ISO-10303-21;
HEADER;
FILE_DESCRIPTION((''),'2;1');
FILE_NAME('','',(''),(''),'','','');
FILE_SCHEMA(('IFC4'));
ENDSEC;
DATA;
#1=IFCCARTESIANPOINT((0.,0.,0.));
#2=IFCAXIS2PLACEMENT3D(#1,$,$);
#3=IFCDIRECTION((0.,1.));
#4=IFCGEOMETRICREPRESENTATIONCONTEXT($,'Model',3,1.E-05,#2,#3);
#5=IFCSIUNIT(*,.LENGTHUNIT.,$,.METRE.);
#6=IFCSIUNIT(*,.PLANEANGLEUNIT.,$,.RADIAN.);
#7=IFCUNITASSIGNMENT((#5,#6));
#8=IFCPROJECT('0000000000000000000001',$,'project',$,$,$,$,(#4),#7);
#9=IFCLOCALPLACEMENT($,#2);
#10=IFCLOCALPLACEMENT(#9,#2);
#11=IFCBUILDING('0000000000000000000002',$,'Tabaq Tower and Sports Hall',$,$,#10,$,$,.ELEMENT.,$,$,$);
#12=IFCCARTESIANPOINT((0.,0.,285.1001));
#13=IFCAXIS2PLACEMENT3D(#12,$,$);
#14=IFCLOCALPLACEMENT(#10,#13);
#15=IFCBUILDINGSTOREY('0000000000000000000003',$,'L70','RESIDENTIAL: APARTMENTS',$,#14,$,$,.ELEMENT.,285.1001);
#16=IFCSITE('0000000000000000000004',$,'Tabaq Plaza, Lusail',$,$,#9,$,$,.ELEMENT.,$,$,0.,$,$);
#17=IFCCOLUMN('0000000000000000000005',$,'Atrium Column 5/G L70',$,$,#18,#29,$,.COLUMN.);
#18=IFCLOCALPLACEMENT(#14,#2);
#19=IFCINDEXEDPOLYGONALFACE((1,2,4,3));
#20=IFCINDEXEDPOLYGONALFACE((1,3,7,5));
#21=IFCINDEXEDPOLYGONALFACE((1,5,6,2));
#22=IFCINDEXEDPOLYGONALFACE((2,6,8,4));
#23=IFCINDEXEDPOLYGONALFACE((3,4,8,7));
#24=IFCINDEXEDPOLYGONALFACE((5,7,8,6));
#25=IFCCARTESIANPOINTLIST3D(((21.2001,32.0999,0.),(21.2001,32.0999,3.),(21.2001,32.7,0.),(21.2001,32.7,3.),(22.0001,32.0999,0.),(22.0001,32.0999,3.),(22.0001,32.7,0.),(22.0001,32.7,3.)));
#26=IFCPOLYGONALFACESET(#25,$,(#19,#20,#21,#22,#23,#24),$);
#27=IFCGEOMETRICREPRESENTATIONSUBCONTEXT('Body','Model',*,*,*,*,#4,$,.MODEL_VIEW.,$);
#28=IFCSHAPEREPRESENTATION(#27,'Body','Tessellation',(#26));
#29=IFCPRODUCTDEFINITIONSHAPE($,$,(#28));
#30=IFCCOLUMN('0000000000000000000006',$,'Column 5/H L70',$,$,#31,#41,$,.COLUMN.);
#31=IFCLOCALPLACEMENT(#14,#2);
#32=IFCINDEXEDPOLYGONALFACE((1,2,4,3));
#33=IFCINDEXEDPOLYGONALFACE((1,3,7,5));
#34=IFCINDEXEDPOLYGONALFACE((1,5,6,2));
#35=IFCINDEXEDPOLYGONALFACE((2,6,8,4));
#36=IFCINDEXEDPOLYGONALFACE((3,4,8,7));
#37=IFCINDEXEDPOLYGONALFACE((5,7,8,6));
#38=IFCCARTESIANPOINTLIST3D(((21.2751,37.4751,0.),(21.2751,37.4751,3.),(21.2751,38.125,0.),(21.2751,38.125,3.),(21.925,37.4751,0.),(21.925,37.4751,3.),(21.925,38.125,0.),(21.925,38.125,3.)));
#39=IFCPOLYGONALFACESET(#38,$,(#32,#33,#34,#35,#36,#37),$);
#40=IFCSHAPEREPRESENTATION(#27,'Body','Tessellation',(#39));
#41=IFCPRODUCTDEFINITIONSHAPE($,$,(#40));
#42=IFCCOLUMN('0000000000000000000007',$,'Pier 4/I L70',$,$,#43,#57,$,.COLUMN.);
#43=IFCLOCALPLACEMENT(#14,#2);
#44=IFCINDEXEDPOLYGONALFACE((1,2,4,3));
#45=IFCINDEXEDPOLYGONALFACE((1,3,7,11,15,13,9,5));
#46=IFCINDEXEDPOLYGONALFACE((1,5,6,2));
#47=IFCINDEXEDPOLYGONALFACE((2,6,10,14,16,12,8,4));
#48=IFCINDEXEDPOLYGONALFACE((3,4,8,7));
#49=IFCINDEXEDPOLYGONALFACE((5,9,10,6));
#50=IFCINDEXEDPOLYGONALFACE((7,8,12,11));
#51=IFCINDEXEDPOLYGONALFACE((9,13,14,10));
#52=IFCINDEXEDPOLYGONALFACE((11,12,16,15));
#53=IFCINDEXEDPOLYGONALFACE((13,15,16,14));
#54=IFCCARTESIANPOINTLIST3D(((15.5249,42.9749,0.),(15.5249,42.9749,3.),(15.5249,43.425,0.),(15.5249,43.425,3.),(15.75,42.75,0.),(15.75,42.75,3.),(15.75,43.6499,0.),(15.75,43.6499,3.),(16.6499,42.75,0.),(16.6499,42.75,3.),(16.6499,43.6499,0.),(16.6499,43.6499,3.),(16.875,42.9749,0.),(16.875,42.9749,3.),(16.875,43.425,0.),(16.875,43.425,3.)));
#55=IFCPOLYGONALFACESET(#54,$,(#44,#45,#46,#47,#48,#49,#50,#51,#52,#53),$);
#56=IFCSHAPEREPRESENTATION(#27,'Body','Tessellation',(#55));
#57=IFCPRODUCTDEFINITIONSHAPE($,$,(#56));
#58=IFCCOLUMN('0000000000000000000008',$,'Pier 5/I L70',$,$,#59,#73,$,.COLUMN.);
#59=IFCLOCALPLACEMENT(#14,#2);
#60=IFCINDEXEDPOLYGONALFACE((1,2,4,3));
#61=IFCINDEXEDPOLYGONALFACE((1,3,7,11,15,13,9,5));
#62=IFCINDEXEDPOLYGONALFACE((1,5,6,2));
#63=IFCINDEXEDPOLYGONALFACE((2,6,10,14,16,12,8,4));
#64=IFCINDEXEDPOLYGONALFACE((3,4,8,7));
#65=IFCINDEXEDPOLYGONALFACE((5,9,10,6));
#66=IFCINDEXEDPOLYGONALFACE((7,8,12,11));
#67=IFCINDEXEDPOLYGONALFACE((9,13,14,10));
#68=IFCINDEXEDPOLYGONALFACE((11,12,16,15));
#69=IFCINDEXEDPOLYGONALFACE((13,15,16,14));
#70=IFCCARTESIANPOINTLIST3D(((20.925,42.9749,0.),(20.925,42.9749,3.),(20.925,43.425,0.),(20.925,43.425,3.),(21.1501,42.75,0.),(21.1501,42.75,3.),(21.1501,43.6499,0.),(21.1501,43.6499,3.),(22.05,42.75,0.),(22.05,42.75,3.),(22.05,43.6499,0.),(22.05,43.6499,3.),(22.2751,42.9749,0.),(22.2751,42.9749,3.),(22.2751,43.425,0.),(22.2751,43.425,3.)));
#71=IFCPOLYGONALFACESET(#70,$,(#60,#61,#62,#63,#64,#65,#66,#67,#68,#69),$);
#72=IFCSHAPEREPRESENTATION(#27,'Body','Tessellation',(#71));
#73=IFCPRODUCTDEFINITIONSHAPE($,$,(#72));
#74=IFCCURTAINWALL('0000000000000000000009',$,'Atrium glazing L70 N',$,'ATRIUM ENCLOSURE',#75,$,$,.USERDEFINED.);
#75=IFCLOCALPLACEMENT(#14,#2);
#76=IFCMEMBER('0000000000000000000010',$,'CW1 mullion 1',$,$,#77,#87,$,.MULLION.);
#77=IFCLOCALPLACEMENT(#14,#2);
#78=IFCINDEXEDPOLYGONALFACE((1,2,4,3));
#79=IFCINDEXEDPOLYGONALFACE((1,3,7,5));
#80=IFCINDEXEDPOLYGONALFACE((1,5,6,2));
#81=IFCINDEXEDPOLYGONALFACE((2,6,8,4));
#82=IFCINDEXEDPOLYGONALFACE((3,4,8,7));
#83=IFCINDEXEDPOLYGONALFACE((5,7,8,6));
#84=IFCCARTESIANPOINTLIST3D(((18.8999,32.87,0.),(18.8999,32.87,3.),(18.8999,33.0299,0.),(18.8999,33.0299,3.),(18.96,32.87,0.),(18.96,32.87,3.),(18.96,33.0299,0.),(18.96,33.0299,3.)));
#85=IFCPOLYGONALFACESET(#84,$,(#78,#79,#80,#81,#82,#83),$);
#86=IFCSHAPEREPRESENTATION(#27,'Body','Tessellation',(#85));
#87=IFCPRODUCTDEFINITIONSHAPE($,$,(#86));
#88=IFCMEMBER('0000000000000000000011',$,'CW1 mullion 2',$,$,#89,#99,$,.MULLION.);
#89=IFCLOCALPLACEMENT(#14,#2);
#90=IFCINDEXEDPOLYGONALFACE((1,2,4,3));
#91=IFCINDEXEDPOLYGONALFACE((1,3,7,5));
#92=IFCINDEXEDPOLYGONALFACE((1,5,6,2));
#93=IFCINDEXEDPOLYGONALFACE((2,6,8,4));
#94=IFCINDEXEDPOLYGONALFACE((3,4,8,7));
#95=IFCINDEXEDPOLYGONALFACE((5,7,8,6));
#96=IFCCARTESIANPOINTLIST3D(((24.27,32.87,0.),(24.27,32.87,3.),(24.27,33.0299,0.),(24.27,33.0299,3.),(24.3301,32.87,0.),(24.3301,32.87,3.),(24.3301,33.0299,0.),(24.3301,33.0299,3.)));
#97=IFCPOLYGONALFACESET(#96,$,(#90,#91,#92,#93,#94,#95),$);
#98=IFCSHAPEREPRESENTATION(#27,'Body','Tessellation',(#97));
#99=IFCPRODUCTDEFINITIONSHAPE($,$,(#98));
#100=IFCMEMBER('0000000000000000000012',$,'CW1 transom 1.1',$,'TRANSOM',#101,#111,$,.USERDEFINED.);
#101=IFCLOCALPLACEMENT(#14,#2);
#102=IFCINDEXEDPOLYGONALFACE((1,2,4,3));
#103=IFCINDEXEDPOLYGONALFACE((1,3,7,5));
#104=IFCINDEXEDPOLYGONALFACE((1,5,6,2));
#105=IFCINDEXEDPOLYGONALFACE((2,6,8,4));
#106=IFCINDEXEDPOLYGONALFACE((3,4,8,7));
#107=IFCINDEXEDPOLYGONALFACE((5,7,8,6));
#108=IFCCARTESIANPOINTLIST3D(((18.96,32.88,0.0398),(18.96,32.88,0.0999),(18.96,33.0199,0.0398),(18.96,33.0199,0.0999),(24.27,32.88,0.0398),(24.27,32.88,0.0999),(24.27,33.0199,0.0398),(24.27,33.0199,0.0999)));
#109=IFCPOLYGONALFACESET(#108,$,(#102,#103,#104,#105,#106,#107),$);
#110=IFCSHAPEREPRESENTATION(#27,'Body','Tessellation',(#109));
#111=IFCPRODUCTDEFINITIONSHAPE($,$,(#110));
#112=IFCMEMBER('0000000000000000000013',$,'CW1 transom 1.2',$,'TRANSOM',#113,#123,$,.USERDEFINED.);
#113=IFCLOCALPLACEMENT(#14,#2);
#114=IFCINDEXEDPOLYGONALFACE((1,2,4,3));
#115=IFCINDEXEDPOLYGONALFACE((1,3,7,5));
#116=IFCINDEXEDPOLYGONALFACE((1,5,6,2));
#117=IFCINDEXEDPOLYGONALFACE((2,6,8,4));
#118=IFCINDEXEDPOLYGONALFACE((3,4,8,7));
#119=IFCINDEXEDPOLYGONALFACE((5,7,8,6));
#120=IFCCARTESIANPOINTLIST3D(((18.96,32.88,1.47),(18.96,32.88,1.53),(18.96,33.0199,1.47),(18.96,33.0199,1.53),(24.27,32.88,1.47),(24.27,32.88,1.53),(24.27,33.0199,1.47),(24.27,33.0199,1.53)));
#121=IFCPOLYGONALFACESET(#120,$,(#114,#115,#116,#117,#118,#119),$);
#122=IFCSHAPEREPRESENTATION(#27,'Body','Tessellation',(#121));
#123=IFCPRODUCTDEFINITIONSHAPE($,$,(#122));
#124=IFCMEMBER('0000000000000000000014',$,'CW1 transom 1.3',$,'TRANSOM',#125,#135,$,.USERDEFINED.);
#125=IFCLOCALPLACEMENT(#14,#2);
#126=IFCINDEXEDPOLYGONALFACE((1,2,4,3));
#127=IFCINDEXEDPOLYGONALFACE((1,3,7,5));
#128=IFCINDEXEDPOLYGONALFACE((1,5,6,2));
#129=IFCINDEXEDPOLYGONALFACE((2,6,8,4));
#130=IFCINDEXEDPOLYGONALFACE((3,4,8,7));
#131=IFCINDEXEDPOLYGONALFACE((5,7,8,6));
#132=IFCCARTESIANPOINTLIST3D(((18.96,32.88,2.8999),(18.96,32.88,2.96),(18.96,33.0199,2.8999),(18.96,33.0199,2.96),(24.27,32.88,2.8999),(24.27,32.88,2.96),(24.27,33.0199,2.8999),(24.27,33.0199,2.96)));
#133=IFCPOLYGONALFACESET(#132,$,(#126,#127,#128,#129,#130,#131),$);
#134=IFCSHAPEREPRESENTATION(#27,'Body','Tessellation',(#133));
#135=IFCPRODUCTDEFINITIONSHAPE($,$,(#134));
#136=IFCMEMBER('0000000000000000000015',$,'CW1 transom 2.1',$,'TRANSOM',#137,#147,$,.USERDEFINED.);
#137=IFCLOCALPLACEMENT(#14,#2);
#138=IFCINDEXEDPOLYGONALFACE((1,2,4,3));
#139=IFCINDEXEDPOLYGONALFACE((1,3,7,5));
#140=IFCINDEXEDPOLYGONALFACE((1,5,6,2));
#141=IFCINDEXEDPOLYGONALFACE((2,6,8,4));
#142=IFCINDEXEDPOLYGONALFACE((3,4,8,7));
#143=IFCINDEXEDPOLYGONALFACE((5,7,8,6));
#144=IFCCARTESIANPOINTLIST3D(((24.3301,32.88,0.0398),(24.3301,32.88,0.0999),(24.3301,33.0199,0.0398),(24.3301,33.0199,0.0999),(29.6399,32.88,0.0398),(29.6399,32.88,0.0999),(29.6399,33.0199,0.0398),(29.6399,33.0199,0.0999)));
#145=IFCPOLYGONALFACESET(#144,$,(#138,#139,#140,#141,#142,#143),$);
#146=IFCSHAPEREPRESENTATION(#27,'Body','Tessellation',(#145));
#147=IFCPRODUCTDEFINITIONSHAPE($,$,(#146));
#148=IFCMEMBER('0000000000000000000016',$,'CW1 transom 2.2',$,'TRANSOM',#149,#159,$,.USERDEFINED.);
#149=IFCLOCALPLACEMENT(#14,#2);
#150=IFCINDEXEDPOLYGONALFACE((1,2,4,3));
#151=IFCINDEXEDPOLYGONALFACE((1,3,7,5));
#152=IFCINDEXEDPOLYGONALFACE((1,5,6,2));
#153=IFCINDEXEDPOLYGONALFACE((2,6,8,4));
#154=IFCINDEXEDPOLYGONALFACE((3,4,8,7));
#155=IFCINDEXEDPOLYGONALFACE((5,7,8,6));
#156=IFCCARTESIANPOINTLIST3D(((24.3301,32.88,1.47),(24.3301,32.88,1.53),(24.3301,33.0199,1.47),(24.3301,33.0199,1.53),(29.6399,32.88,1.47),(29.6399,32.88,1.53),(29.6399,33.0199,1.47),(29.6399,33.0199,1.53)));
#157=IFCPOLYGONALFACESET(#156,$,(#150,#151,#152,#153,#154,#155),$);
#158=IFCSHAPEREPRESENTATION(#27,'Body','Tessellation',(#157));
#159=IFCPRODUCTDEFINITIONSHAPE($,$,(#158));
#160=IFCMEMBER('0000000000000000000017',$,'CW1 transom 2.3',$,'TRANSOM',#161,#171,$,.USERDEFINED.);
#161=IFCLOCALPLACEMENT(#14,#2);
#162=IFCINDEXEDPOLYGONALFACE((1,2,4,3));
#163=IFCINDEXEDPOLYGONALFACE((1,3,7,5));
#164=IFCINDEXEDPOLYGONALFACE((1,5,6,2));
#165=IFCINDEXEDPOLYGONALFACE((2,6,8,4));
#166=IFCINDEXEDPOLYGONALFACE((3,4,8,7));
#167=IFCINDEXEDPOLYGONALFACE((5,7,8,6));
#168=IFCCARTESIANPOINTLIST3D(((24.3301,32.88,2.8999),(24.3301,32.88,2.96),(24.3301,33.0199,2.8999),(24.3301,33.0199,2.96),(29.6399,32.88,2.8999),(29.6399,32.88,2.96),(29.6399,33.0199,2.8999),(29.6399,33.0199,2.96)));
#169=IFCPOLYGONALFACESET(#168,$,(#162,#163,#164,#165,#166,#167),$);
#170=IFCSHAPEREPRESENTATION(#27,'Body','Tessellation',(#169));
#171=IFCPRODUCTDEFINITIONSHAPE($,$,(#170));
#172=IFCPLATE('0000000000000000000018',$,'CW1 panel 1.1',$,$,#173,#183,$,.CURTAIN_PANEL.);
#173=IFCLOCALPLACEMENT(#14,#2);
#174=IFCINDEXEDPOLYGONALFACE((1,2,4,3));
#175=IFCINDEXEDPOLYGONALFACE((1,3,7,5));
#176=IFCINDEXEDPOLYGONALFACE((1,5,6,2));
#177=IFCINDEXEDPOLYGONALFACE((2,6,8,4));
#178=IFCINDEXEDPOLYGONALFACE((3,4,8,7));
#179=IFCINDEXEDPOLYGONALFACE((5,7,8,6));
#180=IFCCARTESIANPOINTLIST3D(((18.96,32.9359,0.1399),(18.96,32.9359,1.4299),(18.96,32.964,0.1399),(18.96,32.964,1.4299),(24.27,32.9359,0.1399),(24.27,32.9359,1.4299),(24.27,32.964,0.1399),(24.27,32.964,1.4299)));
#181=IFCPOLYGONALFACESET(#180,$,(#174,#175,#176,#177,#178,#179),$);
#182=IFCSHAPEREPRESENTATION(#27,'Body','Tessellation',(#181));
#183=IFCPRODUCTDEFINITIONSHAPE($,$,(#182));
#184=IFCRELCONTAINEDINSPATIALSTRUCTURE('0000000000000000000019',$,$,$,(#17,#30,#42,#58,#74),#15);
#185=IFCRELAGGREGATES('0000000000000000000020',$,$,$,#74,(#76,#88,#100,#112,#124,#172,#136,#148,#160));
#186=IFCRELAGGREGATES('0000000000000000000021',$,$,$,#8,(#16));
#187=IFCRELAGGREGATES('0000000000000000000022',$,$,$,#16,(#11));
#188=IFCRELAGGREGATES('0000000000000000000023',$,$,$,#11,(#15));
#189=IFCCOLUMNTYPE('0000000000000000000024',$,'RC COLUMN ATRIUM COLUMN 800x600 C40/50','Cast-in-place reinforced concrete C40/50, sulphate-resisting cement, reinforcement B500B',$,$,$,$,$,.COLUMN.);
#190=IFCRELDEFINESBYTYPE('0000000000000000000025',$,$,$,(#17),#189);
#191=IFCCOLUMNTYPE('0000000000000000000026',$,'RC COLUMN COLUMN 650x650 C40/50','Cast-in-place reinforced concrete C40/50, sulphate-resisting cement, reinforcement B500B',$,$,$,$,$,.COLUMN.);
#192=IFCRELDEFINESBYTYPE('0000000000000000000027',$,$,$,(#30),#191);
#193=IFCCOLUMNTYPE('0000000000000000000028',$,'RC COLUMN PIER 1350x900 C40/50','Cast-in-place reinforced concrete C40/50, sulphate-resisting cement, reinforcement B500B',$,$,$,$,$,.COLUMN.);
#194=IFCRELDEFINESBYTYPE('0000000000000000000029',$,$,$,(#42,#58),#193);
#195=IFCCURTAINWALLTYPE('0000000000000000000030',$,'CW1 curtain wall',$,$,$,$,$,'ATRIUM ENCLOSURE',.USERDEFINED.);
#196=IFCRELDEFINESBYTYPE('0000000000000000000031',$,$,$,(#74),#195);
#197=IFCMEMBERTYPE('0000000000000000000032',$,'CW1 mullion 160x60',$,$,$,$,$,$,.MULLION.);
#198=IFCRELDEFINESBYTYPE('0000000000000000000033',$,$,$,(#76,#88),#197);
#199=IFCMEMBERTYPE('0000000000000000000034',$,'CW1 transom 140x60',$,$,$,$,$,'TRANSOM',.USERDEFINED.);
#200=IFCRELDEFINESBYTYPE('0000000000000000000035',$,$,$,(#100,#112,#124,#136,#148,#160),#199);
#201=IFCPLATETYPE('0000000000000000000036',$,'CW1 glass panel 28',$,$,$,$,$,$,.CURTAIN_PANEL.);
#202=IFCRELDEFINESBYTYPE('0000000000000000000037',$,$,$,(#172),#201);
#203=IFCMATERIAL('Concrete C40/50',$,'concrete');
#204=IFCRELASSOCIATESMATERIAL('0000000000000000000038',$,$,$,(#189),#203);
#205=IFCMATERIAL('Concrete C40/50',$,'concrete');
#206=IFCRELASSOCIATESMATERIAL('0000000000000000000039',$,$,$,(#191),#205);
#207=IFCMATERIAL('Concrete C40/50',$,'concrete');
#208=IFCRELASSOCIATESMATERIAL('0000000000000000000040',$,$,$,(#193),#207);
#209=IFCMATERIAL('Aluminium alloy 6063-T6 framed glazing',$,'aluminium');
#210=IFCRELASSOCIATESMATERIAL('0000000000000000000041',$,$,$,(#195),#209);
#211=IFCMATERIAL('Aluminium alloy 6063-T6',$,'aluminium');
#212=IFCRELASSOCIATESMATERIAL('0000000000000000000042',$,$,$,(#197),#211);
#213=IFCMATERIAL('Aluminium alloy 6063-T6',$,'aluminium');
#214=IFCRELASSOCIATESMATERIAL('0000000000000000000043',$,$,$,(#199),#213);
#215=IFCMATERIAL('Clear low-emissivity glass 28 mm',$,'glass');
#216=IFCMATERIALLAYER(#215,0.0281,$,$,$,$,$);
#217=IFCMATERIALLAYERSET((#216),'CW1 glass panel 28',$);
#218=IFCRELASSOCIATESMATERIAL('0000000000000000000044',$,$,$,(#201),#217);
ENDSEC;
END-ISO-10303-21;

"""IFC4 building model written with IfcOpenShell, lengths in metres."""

from ifc_helpers import new_model, si_unit, direction, frame, origin, origin_2d, place, context, subcontext, project, spatial, polyline, rectangle, outline, extrude, material, layer, layer_set, material_profile, profile_set, type_object, element, aggregate, save


model = new_model("IFC4")

# Units and contexts
model_context = context("Model", 3, precision=1e-05, world=origin(), true_north=direction((0.0, 1.0)))
body_context = subcontext(model_context, "Body", "Model", "MODEL_VIEW")
ifc_project = project(units=[si_unit("LENGTHUNIT", "METRE"), si_unit("PLANEANGLEUNIT", "RADIAN")], contexts=[model_context])

# Site, building, storey
site_placement = place(None, origin())
site = spatial("IfcSite", under=ifc_project, at=site_placement, Name="Tabaq Plaza, Lusail", CompositionType="ELEMENT", RefElevation=0.0)
building_placement = place(site_placement, origin())
building = spatial("IfcBuilding", under=site, at=building_placement, Name="Tabaq Tower and Sports Hall", CompositionType="ELEMENT")
storey_placement = place(building_placement, frame((0.0, 0.0, 285.1001)))
storey = spatial("IfcBuildingStorey", under=building, at=storey_placement, Name="L70", Description="RESIDENTIAL: APARTMENTS", CompositionType="ELEMENT", Elevation=285.1001)

# Columns
ifc_material_1 = material(Name="Concrete C40/50", Category="concrete")
ifc_material_profile_1 = material_profile(ifc_material_1, rectangle(XDim=0.8, YDim=0.6001, at=origin_2d()), Name="ATRIUM COLUMN 800x600")
ifc_profile_set_1 = profile_set([ifc_material_profile_1], Name="Concrete C40/50")
column_type_1 = type_object("IfcColumnType", Name="RC COLUMN ATRIUM COLUMN 800x600 C40/50", Description="Cast-in-place reinforced concrete C40/50, sulphate-resisting cement, reinforcement B500B", PredefinedType="COLUMN", material=ifc_profile_set_1)
column_1_placement = place(storey_placement, frame((21.6001, 32.3999, 0.0), z_axis=(0.0, 0.0, 1.0), x_axis=(1.0, 0.0, 0.0)))
element("IfcColumn", 1, at=column_1_placement, inside=storey, type_object=column_type_1, Name="Atrium Column 5/G L70", PredefinedType="COLUMN", context=body_context, shape_type="SweptSolid", body=[
    extrude(rectangle(XDim=0.8, YDim=0.6001, at=origin_2d()), origin(), (0.0, 0.0, 1.0), 3.0),
])
ifc_material_2 = material(Name="Concrete C40/50", Category="concrete")
ifc_material_profile_2 = material_profile(ifc_material_2, rectangle(XDim=0.6499, YDim=0.6499, at=origin_2d()), Name="COLUMN 650x650")
ifc_profile_set_2 = profile_set([ifc_material_profile_2], Name="Concrete C40/50")
column_type_2 = type_object("IfcColumnType", Name="RC COLUMN COLUMN 650x650 C40/50", Description="Cast-in-place reinforced concrete C40/50, sulphate-resisting cement, reinforcement B500B", PredefinedType="COLUMN", material=ifc_profile_set_2)
column_2_placement = place(storey_placement, frame((21.6001, 37.8, 0.0), z_axis=(0.0, 0.0, 1.0), x_axis=(1.0, 0.0, 0.0)))
element("IfcColumn", 2, at=column_2_placement, inside=storey, type_object=column_type_2, Name="Column 5/H L70", PredefinedType="COLUMN", context=body_context, shape_type="SweptSolid", body=[
    extrude(rectangle(XDim=0.6499, YDim=0.6499, at=origin_2d()), origin(), (0.0, 0.0, 1.0), 3.0),
])
ifc_material_3 = material(Name="Concrete C40/50", Category="concrete")
ifc_material_profile_3 = material_profile(ifc_material_3, outline(polyline([(-0.45, -0.45), (0.45, -0.45), (0.675, -0.2251), (0.675, 0.2251), (0.45, 0.45), (-0.45, 0.45), (-0.675, 0.2251), (-0.675, -0.2251), (-0.45, -0.45)])), Name="PIER 1350x900")
ifc_profile_set_3 = profile_set([ifc_material_profile_3], Name="Concrete C40/50")
column_type_3 = type_object("IfcColumnType", Name="RC COLUMN PIER 1350x900 C40/50", Description="Cast-in-place reinforced concrete C40/50, sulphate-resisting cement, reinforcement B500B", PredefinedType="COLUMN", material=ifc_profile_set_3)
for number, where, z_axis, x_axis, name in (
    (3, (16.2, 43.2, 0.0), (0.0, 0.0, 1.0), (1.0, 0.0, 0.0), "Pier 4/I L70"),
    (4, (21.6001, 43.2, 0.0), (0.0, 0.0, 1.0), (1.0, 0.0, 0.0), "Pier 5/I L70"),
):
    element("IfcColumn", number, at=place(storey_placement, frame(where, z_axis=z_axis, x_axis=x_axis)), inside=storey, type_object=column_type_3, Name=name, PredefinedType="COLUMN", context=body_context, shape_type="SweptSolid", body=[
        extrude(outline(polyline([(-0.45, -0.45), (0.45, -0.45), (0.675, -0.2251), (0.675, 0.2251), (0.45, 0.45), (-0.45, 0.45), (-0.675, 0.2251), (-0.675, -0.2251), (-0.45, -0.45)])), origin(), (0.0, 0.0, 1.0), 3.0),
    ])

# Curtain wall, members, plate
ifc_material_4 = material(Name="Aluminium alloy 6063-T6 framed glazing", Category="aluminium")
curtain_wall_type = type_object("IfcCurtainWallType", Name="CW1 curtain wall", ElementType="ATRIUM ENCLOSURE", PredefinedType="USERDEFINED", material=ifc_material_4)
curtain_wall_placement = place(storey_placement, origin())
curtain_wall = element("IfcCurtainWall", 5, at=curtain_wall_placement, inside=storey, type_object=curtain_wall_type, Name="Atrium glazing L70 N", ObjectType="ATRIUM ENCLOSURE", PredefinedType="USERDEFINED")
ifc_material_5 = material(Name="Aluminium alloy 6063-T6", Category="aluminium")
ifc_material_profile_4 = material_profile(ifc_material_5, rectangle(XDim=0.1599, YDim=0.0601, at=origin_2d()), Name="MULLION 160x60")
ifc_profile_set_4 = profile_set([ifc_material_profile_4], Name="Aluminium alloy 6063-T6")
member_type_1 = type_object("IfcMemberType", Name="CW1 mullion 160x60", PredefinedType="MULLION", material=ifc_profile_set_4)
member_1_placement = place(storey_placement, frame((18.9299, 32.95, 0.0), z_axis=(0.0, 0.0, 1.0), x_axis=(0.0, 1.0, 0.0)))
member_1 = element("IfcMember", 6, at=member_1_placement, type_object=member_type_1, Name="CW1 mullion 1", PredefinedType="MULLION", context=body_context, shape_type="SweptSolid", body=[
    extrude(rectangle(XDim=0.1599, YDim=0.0601, at=origin_2d()), origin(), (0.0, 0.0, 1.0), 3.0),
])
member_2_placement = place(storey_placement, frame((24.3, 32.95, 0.0), z_axis=(0.0, 0.0, 1.0), x_axis=(0.0, 1.0, 0.0)))
member_2 = element("IfcMember", 7, at=member_2_placement, type_object=member_type_1, Name="CW1 mullion 2", PredefinedType="MULLION", context=body_context, shape_type="SweptSolid", body=[
    extrude(rectangle(XDim=0.1599, YDim=0.0601, at=origin_2d()), origin(), (0.0, 0.0, 1.0), 3.0),
])
ifc_material_6 = material(Name="Aluminium alloy 6063-T6", Category="aluminium")
ifc_material_profile_5 = material_profile(ifc_material_6, rectangle(XDim=0.1399, YDim=0.0601, at=origin_2d()), Name="TRANSOM 140x60")
ifc_profile_set_5 = profile_set([ifc_material_profile_5], Name="Aluminium alloy 6063-T6")
member_type_2 = type_object("IfcMemberType", Name="CW1 transom 140x60", ElementType="TRANSOM", PredefinedType="USERDEFINED", material=ifc_profile_set_5)
member_3_placement = place(storey_placement, frame((18.96, 32.95, 0.0698), z_axis=(1.0, 0.0, 0.0), x_axis=(0.0, 1.0, 0.0)))
member_3 = element("IfcMember", 8, at=member_3_placement, type_object=member_type_2, Name="CW1 transom 1.1", ObjectType="TRANSOM", PredefinedType="USERDEFINED", context=body_context, shape_type="SweptSolid", body=[
    extrude(rectangle(XDim=0.1399, YDim=0.0601, at=origin_2d()), origin(), (0.0, 0.0, 1.0), 5.3101),
])
member_4_placement = place(storey_placement, frame((18.96, 32.95, 1.5), z_axis=(1.0, 0.0, 0.0), x_axis=(0.0, 1.0, 0.0)))
member_4 = element("IfcMember", 9, at=member_4_placement, type_object=member_type_2, Name="CW1 transom 1.2", ObjectType="TRANSOM", PredefinedType="USERDEFINED", context=body_context, shape_type="SweptSolid", body=[
    extrude(rectangle(XDim=0.1399, YDim=0.0601, at=origin_2d()), origin(), (0.0, 0.0, 1.0), 5.3101),
])
member_5_placement = place(storey_placement, frame((18.96, 32.95, 2.9299), z_axis=(1.0, 0.0, 0.0), x_axis=(0.0, 1.0, 0.0)))
member_5 = element("IfcMember", 10, at=member_5_placement, type_object=member_type_2, Name="CW1 transom 1.3", ObjectType="TRANSOM", PredefinedType="USERDEFINED", context=body_context, shape_type="SweptSolid", body=[
    extrude(rectangle(XDim=0.1399, YDim=0.0601, at=origin_2d()), origin(), (0.0, 0.0, 1.0), 5.3101),
])
member_6_placement = place(storey_placement, frame((24.3301, 32.95, 0.0698), z_axis=(1.0, 0.0, 0.0), x_axis=(0.0, 1.0, 0.0)))
member_6 = element("IfcMember", 11, at=member_6_placement, type_object=member_type_2, Name="CW1 transom 2.1", ObjectType="TRANSOM", PredefinedType="USERDEFINED", context=body_context, shape_type="SweptSolid", body=[
    extrude(rectangle(XDim=0.1399, YDim=0.0601, at=origin_2d()), origin(), (0.0, 0.0, 1.0), 5.3098),
])
member_7_placement = place(storey_placement, frame((24.3301, 32.95, 1.5), z_axis=(1.0, 0.0, 0.0), x_axis=(0.0, 1.0, 0.0)))
member_7 = element("IfcMember", 12, at=member_7_placement, type_object=member_type_2, Name="CW1 transom 2.2", ObjectType="TRANSOM", PredefinedType="USERDEFINED", context=body_context, shape_type="SweptSolid", body=[
    extrude(rectangle(XDim=0.1399, YDim=0.0601, at=origin_2d()), origin(), (0.0, 0.0, 1.0), 5.3098),
])
member_8_placement = place(storey_placement, frame((24.3301, 32.95, 2.9299), z_axis=(1.0, 0.0, 0.0), x_axis=(0.0, 1.0, 0.0)))
member_8 = element("IfcMember", 13, at=member_8_placement, type_object=member_type_2, Name="CW1 transom 2.3", ObjectType="TRANSOM", PredefinedType="USERDEFINED", context=body_context, shape_type="SweptSolid", body=[
    extrude(rectangle(XDim=0.1399, YDim=0.0601, at=origin_2d()), origin(), (0.0, 0.0, 1.0), 5.3098),
])
ifc_material_7 = material(Name="Clear low-emissivity glass 28 mm", Category="glass")
ifc_layer_1 = layer(ifc_material_7, 0.0281)
ifc_layer_set_1 = layer_set([ifc_layer_1], Name="CW1 glass panel 28")
plate_type = type_object("IfcPlateType", Name="CW1 glass panel 28", PredefinedType="CURTAIN_PANEL", material=ifc_layer_set_1)
plate_1_placement = place(storey_placement, frame((21.615, 32.95, 0.1399), z_axis=(0.0, 0.0, 1.0), x_axis=(1.0, 0.0, 0.0)))
plate_1 = element("IfcPlate", 14, at=plate_1_placement, type_object=plate_type, Name="CW1 panel 1.1", PredefinedType="CURTAIN_PANEL", context=body_context, shape_type="SweptSolid", body=[
    extrude(rectangle(XDim=5.3101, YDim=0.0281, at=origin_2d()), origin(), (0.0, 0.0, 1.0), 1.29),
])
aggregate(curtain_wall, [member_1, member_2, member_3, member_4, member_5, plate_1, member_6, member_7, member_8])

save(model, "model.ifc")
